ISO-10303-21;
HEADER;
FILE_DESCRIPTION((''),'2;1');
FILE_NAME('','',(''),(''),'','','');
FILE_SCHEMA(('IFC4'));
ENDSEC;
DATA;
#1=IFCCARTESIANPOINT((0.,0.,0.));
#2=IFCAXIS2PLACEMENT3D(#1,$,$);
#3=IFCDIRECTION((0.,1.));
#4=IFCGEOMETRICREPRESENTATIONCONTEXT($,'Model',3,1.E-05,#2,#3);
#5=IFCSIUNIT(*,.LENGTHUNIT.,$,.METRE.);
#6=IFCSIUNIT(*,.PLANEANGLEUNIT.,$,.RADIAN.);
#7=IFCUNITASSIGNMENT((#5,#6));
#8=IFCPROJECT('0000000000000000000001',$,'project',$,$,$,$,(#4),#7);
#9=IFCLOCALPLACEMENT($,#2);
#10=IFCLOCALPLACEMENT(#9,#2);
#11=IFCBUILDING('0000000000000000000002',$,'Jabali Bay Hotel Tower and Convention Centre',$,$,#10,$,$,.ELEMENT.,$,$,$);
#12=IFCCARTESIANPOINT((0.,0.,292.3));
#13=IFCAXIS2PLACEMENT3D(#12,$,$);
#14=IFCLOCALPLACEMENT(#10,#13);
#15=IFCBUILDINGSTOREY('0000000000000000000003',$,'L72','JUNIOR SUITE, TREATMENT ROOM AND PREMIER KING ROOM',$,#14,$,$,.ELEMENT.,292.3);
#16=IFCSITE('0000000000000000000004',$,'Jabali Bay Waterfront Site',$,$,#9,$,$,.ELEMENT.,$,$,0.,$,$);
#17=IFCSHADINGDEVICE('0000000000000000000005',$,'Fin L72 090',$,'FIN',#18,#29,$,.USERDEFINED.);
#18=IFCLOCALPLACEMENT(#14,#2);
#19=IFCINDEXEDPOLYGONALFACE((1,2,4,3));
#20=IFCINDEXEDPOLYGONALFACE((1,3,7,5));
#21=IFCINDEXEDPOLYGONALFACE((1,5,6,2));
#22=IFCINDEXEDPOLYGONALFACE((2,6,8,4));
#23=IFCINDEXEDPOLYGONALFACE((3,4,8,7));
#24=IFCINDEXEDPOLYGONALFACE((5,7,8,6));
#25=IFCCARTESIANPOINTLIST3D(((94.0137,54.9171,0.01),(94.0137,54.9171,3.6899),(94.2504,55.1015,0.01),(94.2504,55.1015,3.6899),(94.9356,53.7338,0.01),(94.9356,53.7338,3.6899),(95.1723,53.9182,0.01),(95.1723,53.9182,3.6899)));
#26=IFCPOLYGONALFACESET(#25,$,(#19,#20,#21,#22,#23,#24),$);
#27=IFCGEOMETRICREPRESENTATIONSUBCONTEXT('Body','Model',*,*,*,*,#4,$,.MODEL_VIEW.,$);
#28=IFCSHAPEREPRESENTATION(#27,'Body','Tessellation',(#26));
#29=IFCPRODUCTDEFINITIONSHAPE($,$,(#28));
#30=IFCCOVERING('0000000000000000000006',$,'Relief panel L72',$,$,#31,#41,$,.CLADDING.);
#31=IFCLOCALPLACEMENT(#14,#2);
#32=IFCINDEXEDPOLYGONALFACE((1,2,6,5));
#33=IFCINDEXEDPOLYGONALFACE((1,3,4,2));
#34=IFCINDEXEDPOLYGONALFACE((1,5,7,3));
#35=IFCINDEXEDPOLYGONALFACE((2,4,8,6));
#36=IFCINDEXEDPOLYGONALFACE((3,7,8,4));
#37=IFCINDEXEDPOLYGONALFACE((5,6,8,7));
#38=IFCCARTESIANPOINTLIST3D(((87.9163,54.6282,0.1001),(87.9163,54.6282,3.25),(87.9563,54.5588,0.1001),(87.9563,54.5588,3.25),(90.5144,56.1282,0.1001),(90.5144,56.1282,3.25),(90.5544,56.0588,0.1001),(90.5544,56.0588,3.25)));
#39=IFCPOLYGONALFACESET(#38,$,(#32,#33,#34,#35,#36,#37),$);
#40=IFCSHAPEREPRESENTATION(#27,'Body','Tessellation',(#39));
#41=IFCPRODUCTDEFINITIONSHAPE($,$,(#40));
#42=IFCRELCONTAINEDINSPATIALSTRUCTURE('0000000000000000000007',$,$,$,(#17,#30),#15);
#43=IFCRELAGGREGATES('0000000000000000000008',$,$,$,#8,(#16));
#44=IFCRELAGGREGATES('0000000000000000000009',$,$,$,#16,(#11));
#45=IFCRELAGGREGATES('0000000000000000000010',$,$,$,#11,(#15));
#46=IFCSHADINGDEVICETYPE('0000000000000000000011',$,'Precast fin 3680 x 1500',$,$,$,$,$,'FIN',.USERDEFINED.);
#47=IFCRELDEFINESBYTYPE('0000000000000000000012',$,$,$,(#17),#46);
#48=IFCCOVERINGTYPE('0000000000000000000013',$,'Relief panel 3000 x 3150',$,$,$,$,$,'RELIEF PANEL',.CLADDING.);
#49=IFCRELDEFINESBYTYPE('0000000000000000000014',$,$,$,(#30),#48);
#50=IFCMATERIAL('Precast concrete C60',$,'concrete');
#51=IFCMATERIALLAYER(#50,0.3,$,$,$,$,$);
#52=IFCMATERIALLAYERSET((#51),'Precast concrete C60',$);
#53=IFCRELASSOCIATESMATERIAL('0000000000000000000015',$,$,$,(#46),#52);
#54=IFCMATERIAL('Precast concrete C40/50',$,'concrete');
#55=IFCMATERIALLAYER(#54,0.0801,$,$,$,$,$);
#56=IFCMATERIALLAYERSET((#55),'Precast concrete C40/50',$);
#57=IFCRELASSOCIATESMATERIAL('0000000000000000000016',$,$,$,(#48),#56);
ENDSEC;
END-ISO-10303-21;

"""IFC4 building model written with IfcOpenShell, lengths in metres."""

from ifc_helpers import new_model, si_unit, direction, frame, frame_2d, origin, origin_2d, place, context, subcontext, project, spatial, rectangle, extrude, material, layer, layer_set, type_object, element, save


model = new_model("IFC4")

# Units and contexts
model_context = context("Model", 3, precision=1e-05, world=origin(), true_north=direction((0.0, 1.0)))
body_context = subcontext(model_context, "Body", "Model", "MODEL_VIEW")
ifc_project = project(units=[si_unit("LENGTHUNIT", "METRE"), si_unit("PLANEANGLEUNIT", "RADIAN")], contexts=[model_context])

# Site, building, storey
site_placement = place(None, origin())
site = spatial("IfcSite", under=ifc_project, at=site_placement, Name="Jabali Bay Waterfront Site", CompositionType="ELEMENT", RefElevation=0.0)
building_placement = place(site_placement, origin())
building = spatial("IfcBuilding", under=site, at=building_placement, Name="Jabali Bay Hotel Tower and Convention Centre", CompositionType="ELEMENT")
storey_placement = place(building_placement, frame((0.0, 0.0, 292.3)))
storey = spatial("IfcBuildingStorey", under=building, at=storey_placement, Name="L72", Description="JUNIOR SUITE, TREATMENT ROOM AND PREMIER KING ROOM", CompositionType="ELEMENT", Elevation=292.3)

# Shading device
ifc_material_1 = material(Name="Precast concrete C60", Category="concrete")
ifc_layer_1 = layer(ifc_material_1, 0.3)
ifc_layer_set_1 = layer_set([ifc_layer_1], Name="Precast concrete C60")
shading_device_type_1 = type_object("IfcShadingDeviceType", Name="Precast fin 3680 x 1500", ElementType="FIN", PredefinedType="USERDEFINED", material=ifc_layer_set_1)
for number, where, z_axis, x_axis, name in (
    (1, (94.1321, 55.0093, 0.01), (0.0, 0.0, 1.0), (0.61456, -0.78887, 0.0), "Fin L72 090"),
):
    element("IfcShadingDevice", number, at=place(storey_placement, frame(where, z_axis=z_axis, x_axis=x_axis)), inside=storey, type_object=shading_device_type_1, Name=name, ObjectType="FIN", PredefinedType="USERDEFINED", context=body_context, shape_type="SweptSolid", body=[
        extrude(rectangle(XDim=1.5, YDim=0.3, at=frame_2d((0.75, 0.0))), origin(), (0.0, 0.0, 1.0), 3.6799),
    ])

# Covering
ifc_material_2 = material(Name="Precast concrete C40/50", Category="concrete")
ifc_layer_2 = layer(ifc_material_2, 0.0801)
ifc_layer_set_2 = layer_set([ifc_layer_2], Name="Precast concrete C40/50")
covering_type = type_object("IfcCoveringType", Name="Relief panel 3000 x 3150", ElementType="RELIEF PANEL", PredefinedType="CLADDING", material=ifc_layer_set_2)
covering_placement = place(storey_placement, frame((89.2354, 55.3435, 0.1001), z_axis=(0.0, 0.0, 1.0), x_axis=(-0.866025, -0.5, 0.0)))
element("IfcCovering", 2, at=covering_placement, inside=storey, type_object=covering_type, Name="Relief panel L72", PredefinedType="CLADDING", context=body_context, shape_type="SweptSolid", body=[
    extrude(rectangle(XDim=3.0, YDim=0.0801, at=origin_2d()), origin(), (0.0, 0.0, 1.0), 3.1499),
])

save(model, "model.ifc")
